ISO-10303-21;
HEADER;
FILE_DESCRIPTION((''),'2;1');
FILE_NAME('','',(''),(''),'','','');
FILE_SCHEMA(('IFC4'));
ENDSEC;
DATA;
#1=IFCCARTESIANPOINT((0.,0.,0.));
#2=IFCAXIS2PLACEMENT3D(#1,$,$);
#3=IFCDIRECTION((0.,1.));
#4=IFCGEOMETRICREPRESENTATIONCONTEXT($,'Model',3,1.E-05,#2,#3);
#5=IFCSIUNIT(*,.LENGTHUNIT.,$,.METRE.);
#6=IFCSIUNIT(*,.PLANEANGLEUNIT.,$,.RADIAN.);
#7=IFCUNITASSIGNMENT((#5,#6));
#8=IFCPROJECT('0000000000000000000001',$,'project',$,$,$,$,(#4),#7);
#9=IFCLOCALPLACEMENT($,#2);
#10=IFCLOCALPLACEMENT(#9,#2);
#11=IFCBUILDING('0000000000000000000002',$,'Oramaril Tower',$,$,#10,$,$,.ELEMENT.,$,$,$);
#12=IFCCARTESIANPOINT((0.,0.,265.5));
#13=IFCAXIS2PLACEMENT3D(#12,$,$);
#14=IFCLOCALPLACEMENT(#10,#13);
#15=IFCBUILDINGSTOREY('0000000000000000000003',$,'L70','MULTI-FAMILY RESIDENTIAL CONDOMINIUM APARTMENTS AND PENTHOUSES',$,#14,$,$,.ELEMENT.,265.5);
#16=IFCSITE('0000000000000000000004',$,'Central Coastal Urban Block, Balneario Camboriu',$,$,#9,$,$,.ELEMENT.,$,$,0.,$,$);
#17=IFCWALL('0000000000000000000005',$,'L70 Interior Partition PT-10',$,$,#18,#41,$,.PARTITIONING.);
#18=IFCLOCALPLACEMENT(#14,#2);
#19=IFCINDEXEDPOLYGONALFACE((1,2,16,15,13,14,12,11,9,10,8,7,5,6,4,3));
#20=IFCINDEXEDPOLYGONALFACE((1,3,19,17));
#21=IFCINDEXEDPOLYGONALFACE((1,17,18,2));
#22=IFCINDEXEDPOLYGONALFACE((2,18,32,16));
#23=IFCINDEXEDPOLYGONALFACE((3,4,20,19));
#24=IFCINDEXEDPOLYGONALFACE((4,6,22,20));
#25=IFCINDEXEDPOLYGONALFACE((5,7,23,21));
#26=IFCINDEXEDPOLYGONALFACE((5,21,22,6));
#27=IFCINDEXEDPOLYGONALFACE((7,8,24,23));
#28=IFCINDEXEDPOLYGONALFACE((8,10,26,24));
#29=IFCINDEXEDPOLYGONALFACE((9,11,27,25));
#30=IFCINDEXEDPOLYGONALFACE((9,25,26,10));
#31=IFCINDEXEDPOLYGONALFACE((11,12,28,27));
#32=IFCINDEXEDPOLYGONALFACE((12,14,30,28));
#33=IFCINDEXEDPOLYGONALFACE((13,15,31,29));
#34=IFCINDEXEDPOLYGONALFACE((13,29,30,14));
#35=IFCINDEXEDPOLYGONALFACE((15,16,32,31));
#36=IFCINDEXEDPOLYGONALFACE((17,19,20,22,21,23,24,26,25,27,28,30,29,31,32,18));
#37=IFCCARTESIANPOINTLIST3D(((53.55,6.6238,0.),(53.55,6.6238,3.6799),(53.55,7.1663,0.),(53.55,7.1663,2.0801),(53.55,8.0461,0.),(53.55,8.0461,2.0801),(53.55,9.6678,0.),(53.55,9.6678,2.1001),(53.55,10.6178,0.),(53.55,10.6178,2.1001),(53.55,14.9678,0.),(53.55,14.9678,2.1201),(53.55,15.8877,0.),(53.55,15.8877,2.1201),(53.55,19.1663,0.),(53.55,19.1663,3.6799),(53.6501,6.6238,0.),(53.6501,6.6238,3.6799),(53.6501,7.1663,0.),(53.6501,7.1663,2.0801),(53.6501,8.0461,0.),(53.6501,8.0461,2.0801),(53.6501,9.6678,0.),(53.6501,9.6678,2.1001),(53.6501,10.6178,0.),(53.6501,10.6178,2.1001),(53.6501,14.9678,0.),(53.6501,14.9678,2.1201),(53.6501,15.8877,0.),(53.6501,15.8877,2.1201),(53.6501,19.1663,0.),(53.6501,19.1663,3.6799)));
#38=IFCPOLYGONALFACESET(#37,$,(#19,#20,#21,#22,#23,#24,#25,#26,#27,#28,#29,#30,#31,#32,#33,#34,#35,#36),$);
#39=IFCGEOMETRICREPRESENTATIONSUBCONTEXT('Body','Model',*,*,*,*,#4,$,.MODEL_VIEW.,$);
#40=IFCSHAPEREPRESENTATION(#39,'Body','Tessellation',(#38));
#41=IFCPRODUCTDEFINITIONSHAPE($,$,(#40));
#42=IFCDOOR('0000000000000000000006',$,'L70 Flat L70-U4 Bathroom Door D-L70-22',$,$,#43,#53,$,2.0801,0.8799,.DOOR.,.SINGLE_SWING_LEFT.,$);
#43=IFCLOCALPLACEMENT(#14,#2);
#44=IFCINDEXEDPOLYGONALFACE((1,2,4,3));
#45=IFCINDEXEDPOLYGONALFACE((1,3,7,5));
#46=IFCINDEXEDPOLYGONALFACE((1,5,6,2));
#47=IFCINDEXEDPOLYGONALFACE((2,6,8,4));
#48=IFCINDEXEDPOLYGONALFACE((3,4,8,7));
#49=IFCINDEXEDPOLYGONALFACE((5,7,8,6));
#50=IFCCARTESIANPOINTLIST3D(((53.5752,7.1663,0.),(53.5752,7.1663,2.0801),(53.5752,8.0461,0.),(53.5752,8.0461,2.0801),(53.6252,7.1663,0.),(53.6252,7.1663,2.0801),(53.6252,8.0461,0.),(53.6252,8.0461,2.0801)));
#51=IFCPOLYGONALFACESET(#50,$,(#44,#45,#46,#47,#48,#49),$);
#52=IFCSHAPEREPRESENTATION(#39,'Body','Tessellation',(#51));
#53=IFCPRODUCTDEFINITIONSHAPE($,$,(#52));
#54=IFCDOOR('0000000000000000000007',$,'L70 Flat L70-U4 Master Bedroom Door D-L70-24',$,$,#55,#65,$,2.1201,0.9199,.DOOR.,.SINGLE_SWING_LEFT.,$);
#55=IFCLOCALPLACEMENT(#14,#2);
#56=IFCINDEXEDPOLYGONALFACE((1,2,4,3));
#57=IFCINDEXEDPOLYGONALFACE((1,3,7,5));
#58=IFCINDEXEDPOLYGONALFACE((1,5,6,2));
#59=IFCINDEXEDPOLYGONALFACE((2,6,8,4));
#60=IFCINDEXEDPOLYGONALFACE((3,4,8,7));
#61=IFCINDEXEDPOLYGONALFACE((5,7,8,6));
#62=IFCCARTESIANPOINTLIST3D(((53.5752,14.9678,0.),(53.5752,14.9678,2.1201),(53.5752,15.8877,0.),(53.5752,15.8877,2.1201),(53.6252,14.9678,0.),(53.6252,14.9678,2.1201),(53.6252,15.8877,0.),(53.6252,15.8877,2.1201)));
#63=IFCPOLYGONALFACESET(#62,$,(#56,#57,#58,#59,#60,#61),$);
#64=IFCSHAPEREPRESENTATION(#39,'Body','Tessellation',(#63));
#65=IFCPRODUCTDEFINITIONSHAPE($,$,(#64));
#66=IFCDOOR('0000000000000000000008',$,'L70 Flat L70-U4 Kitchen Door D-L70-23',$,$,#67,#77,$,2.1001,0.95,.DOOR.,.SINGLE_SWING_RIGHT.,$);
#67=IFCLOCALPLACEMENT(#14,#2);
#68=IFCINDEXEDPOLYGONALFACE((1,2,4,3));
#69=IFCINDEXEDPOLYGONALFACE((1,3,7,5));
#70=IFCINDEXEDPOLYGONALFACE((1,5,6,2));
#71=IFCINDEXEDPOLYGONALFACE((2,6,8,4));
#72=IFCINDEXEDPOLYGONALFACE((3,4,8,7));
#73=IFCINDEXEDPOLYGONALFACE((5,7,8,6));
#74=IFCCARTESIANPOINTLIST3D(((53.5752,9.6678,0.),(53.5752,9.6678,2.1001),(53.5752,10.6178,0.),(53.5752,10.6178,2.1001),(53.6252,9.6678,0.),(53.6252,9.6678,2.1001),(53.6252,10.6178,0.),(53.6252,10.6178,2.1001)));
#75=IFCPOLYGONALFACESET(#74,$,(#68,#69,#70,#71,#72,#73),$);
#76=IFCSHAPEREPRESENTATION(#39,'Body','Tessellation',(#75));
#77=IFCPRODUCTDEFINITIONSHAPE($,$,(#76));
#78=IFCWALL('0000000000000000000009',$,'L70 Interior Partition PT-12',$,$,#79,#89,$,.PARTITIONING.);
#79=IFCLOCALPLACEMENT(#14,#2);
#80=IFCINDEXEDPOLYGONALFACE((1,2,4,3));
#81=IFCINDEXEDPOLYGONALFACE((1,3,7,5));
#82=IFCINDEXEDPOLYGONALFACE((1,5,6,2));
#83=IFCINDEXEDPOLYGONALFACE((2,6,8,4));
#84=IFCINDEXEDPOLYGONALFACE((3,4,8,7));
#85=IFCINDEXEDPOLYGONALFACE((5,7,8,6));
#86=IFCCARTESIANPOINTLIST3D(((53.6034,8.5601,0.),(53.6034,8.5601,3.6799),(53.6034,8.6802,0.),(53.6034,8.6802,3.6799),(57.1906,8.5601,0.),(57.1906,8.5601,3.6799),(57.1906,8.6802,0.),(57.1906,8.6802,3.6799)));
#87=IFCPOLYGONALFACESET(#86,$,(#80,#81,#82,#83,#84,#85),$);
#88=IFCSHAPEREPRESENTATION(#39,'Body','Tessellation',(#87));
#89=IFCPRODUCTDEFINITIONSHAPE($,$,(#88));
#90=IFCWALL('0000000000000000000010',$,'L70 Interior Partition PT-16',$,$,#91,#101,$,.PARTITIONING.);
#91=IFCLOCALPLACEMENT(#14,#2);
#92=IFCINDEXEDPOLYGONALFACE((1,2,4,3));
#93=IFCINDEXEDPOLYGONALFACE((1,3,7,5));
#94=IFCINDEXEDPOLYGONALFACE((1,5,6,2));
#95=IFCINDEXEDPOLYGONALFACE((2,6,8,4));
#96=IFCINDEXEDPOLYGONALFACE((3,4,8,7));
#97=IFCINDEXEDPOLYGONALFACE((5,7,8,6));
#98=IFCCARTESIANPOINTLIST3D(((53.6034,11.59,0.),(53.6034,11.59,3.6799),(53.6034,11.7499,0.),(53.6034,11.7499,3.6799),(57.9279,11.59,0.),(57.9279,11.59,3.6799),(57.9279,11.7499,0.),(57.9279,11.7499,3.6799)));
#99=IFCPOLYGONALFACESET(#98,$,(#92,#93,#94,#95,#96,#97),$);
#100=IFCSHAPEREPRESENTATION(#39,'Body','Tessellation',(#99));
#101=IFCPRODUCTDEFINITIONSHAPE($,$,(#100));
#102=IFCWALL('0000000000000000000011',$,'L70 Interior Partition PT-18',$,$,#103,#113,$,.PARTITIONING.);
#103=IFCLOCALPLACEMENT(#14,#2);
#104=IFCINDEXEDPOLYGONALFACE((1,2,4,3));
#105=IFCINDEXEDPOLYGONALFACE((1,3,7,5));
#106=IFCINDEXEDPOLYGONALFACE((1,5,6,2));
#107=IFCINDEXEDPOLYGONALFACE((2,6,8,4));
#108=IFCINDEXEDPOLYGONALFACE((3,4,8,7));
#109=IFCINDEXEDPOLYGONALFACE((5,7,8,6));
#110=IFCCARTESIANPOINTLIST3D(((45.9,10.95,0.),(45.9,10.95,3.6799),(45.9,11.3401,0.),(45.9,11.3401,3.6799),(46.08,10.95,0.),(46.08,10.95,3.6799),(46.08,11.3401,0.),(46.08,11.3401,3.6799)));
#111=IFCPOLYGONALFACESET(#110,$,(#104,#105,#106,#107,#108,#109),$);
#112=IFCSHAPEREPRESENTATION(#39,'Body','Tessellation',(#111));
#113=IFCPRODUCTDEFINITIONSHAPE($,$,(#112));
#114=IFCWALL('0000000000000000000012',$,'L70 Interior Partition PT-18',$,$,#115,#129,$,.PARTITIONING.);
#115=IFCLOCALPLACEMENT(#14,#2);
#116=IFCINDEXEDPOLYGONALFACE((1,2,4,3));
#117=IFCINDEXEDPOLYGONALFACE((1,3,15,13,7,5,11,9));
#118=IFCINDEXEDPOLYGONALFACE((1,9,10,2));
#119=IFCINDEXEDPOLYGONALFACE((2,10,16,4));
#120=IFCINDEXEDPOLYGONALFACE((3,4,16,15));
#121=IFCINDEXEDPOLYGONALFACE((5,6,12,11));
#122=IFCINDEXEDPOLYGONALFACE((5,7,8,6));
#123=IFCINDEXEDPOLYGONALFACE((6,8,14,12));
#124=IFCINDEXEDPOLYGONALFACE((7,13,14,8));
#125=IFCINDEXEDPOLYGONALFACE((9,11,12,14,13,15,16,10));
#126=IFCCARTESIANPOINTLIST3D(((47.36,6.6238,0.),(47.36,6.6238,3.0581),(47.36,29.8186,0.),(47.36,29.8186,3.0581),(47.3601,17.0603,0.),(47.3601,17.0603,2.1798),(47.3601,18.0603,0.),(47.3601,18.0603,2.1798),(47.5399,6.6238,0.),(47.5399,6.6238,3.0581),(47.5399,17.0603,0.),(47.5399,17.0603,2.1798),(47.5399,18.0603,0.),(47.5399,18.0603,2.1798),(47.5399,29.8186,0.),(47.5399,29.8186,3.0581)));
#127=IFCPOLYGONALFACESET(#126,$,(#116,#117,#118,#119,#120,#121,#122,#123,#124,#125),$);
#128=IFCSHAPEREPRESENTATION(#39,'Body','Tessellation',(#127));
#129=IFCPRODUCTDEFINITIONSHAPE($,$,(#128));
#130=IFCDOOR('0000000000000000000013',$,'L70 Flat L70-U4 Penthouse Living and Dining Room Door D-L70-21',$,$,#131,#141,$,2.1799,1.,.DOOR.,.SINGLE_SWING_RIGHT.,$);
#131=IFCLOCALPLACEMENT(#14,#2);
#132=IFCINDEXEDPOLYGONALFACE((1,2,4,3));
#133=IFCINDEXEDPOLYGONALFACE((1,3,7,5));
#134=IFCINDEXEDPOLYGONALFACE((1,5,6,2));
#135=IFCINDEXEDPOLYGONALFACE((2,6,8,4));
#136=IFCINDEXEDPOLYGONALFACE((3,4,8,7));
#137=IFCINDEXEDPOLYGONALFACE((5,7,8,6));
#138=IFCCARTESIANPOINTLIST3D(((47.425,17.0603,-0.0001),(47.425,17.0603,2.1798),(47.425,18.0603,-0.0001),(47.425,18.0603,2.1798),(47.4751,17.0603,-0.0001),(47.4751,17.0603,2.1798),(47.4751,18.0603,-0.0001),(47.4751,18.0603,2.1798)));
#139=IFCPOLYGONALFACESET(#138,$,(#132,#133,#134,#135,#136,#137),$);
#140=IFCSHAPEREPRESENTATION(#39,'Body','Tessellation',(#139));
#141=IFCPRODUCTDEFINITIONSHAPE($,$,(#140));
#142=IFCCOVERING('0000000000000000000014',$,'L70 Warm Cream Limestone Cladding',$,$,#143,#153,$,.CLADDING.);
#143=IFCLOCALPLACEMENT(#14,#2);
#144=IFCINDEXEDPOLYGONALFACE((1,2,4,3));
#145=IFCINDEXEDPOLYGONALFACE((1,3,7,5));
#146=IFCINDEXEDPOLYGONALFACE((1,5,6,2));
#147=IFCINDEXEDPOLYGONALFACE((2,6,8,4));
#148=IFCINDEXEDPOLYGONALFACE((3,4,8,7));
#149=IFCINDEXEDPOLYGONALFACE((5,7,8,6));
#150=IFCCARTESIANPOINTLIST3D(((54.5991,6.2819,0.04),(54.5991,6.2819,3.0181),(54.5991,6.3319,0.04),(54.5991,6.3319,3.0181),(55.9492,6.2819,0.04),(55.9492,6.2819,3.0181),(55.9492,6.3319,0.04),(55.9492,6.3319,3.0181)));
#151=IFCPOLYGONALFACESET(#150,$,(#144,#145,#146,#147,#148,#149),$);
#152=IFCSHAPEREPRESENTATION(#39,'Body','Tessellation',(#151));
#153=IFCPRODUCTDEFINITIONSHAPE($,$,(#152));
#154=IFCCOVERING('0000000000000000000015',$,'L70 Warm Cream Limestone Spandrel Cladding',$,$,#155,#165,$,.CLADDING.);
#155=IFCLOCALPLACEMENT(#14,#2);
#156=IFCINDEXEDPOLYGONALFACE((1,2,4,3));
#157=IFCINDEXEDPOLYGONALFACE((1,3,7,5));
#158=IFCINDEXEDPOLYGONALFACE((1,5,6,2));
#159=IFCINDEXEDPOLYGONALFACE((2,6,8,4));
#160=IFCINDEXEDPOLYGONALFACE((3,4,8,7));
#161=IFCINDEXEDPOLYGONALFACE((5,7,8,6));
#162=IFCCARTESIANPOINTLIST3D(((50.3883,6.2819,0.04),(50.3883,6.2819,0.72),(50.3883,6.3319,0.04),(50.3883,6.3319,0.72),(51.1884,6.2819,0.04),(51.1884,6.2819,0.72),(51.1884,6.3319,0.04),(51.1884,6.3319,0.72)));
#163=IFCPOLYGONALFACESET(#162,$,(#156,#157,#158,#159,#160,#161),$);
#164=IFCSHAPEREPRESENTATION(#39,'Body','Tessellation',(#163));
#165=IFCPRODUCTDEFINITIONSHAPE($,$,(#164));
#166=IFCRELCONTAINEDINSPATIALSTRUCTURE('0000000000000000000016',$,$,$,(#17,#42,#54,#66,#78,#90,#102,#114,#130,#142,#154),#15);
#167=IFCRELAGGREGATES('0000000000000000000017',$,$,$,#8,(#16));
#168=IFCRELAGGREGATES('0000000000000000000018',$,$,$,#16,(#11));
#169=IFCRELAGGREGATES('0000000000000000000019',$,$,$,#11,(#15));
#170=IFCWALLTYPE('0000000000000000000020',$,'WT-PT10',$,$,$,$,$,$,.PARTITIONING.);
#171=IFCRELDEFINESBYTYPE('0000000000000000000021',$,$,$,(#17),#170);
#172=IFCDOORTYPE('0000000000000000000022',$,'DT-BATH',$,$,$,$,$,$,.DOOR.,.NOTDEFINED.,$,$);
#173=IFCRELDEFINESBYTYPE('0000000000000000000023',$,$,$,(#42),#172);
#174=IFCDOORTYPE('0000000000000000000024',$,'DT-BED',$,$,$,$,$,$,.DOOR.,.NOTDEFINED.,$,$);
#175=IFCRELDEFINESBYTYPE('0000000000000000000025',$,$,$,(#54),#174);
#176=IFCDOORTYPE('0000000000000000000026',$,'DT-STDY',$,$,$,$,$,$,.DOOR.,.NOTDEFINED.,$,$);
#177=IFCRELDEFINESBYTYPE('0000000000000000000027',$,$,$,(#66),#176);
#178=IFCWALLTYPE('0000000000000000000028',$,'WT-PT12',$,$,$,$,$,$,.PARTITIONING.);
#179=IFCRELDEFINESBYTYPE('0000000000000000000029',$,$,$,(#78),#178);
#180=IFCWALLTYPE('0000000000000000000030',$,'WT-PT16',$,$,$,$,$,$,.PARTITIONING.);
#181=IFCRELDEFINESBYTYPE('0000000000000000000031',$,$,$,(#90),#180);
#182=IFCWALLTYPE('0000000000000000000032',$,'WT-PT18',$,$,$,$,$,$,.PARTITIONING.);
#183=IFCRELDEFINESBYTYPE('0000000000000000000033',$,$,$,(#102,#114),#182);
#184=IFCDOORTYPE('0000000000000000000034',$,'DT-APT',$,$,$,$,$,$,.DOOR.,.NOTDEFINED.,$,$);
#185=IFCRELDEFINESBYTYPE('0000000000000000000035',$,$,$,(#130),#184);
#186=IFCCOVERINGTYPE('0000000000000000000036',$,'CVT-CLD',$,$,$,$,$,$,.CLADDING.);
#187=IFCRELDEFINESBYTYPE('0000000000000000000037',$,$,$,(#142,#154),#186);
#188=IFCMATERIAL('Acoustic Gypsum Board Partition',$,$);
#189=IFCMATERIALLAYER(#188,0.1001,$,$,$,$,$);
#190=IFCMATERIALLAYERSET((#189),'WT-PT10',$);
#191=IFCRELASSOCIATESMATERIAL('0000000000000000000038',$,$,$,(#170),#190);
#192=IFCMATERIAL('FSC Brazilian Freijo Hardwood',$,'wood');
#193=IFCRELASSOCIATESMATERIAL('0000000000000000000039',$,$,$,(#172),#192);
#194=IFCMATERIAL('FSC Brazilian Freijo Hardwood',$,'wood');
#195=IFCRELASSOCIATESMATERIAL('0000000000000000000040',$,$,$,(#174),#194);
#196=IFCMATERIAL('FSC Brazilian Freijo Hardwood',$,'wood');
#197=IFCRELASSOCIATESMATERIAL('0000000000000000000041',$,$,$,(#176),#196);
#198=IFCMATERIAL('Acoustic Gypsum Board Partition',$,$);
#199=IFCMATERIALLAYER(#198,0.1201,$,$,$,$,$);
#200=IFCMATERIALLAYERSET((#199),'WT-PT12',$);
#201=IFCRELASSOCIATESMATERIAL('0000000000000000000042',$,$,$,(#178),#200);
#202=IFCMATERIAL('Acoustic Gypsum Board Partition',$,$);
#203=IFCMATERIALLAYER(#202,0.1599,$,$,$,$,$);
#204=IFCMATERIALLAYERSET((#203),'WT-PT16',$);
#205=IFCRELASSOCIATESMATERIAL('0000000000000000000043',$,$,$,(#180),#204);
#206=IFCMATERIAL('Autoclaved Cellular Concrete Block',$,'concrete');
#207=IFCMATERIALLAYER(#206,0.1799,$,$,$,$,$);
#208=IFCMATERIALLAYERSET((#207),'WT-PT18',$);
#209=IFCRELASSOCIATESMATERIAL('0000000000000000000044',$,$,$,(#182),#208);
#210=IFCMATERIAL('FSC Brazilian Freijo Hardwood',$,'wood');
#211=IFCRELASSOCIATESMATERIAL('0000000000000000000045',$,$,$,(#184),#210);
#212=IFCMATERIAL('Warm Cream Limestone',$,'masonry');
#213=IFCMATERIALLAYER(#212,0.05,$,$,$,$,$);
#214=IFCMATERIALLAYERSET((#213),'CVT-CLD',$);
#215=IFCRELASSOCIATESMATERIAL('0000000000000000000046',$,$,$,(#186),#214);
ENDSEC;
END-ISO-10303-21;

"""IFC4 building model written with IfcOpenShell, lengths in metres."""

from ifc_helpers import new_model, si_unit, direction, frame, frame_2d, origin, origin_2d, place, context, subcontext, project, spatial, rectangle, extrude, material, layer, layer_set, type_object, element, fill, save


model = new_model("IFC4")

# Units and contexts
model_context = context("Model", 3, precision=1e-05, world=origin(), true_north=direction((0.0, 1.0)))
body_context = subcontext(model_context, "Body", "Model", "MODEL_VIEW")
ifc_project = project(units=[si_unit("LENGTHUNIT", "METRE"), si_unit("PLANEANGLEUNIT", "RADIAN")], contexts=[model_context])

# Site, building, storey
site_placement = place(None, origin())
site = spatial("IfcSite", under=ifc_project, at=site_placement, Name="Central Coastal Urban Block, Balneario Camboriu", CompositionType="ELEMENT", RefElevation=0.0)
building_placement = place(site_placement, origin())
building = spatial("IfcBuilding", under=site, at=building_placement, Name="Oramaril Tower", CompositionType="ELEMENT")
storey_placement = place(building_placement, frame((0.0, 0.0, 265.5)))
storey = spatial("IfcBuildingStorey", under=building, at=storey_placement, Name="L70", Description="MULTI-FAMILY RESIDENTIAL CONDOMINIUM APARTMENTS AND PENTHOUSES", CompositionType="ELEMENT", Elevation=265.5)

# Wall, openings, doors
ifc_material_1 = material(Name="Acoustic Gypsum Board Partition")
ifc_layer_1 = layer(ifc_material_1, 0.1001)
ifc_layer_set_1 = layer_set([ifc_layer_1], Name="WT-PT10")
wall_type_1 = type_object("IfcWallType", Name="WT-PT10", PredefinedType="PARTITIONING", material=ifc_layer_set_1)
wall_1_placement = place(storey_placement, frame((53.6001, 6.6238, 0.0), z_axis=(0.0, 0.0, 1.0), x_axis=(0.0, 1.0, 0.0)))
wall_1 = element("IfcWall", 1, at=wall_1_placement, inside=storey, type_object=wall_type_1, Name="L70 Interior Partition PT-10", PredefinedType="PARTITIONING", context=body_context, shape_type="SweptSolid", body=[
    extrude(rectangle(XDim=12.5425, YDim=0.1001, at=frame_2d((6.2712, 0.0))), origin(), (0.0, 0.0, 1.0), 3.6799),
])
opening_1_placement = place(wall_1_placement, frame((0.5425, 0.0, 0.0)))
opening_1 = element("IfcOpeningElement", 2, at=opening_1_placement, cuts=wall_1, PredefinedType="OPENING", context=body_context, shape_type="SweptSolid", body=[
    extrude(rectangle(XDim=0.8799, YDim=2.0801, at=frame_2d((0.4399, 1.04))), frame((0.0, 0.05, 0.0), z_axis=(0.0, -1.0, 0.0), x_axis=(1.0, 0.0, 0.0)), (0.0, 0.0, 1.0), 0.1001),
])
opening_2_placement = place(wall_1_placement, frame((3.0439, 0.0, 0.0)))
opening_2 = element("IfcOpeningElement", 3, at=opening_2_placement, cuts=wall_1, PredefinedType="OPENING", context=body_context, shape_type="SweptSolid", body=[
    extrude(rectangle(XDim=0.95, YDim=2.1001, at=frame_2d((0.4751, 1.05))), frame((0.0, 0.05, 0.0), z_axis=(0.0, -1.0, 0.0), x_axis=(1.0, 0.0, 0.0)), (0.0, 0.0, 1.0), 0.1001),
])
opening_3_placement = place(wall_1_placement, frame((8.344, 0.0, 0.0)))
opening_3 = element("IfcOpeningElement", 4, at=opening_3_placement, cuts=wall_1, PredefinedType="OPENING", context=body_context, shape_type="SweptSolid", body=[
    extrude(rectangle(XDim=0.9199, YDim=2.1201, at=frame_2d((0.46, 1.0601))), frame((0.0, 0.05, 0.0), z_axis=(0.0, -1.0, 0.0), x_axis=(1.0, 0.0, 0.0)), (0.0, 0.0, 1.0), 0.1001),
])
ifc_material_2 = material(Name="FSC Brazilian Freijo Hardwood", Category="wood")
door_type_1 = type_object("IfcDoorType", Name="DT-BATH", OperationType="NOTDEFINED", PredefinedType="DOOR", material=ifc_material_2)
door_1_placement = place(opening_1_placement, origin())
door_1 = element("IfcDoor", 5, at=door_1_placement, inside=storey, type_object=door_type_1, Name="L70 Flat L70-U4 Bathroom Door D-L70-22", OperationType="SINGLE_SWING_LEFT", OverallHeight=2.0801, OverallWidth=0.8799, PredefinedType="DOOR", context=body_context, shape_type="SweptSolid", body=[
    extrude(rectangle(XDim=0.8799, YDim=2.0801, at=frame_2d((0.4399, 1.04))), frame((0.0, 0.0249, 0.0), z_axis=(0.0, -1.0, 0.0), x_axis=(1.0, 0.0, 0.0)), (0.0, 0.0, 1.0), 0.05),
])
fill(opening_1, door_1)
ifc_material_3 = material(Name="FSC Brazilian Freijo Hardwood", Category="wood")
door_type_2 = type_object("IfcDoorType", Name="DT-BED", OperationType="NOTDEFINED", PredefinedType="DOOR", material=ifc_material_3)
door_2_placement = place(opening_3_placement, origin())
door_2 = element("IfcDoor", 6, at=door_2_placement, inside=storey, type_object=door_type_2, Name="L70 Flat L70-U4 Master Bedroom Door D-L70-24", OperationType="SINGLE_SWING_LEFT", OverallHeight=2.1201, OverallWidth=0.9199, PredefinedType="DOOR", context=body_context, shape_type="SweptSolid", body=[
    extrude(rectangle(XDim=0.9199, YDim=2.1201, at=frame_2d((0.46, 1.0601))), frame((0.0, 0.0249, 0.0), z_axis=(0.0, -1.0, 0.0), x_axis=(1.0, 0.0, 0.0)), (0.0, 0.0, 1.0), 0.05),
])
fill(opening_3, door_2)
ifc_material_4 = material(Name="FSC Brazilian Freijo Hardwood", Category="wood")
door_type_3 = type_object("IfcDoorType", Name="DT-STDY", OperationType="NOTDEFINED", PredefinedType="DOOR", material=ifc_material_4)
door_3_placement = place(opening_2_placement, origin())
door_3 = element("IfcDoor", 7, at=door_3_placement, inside=storey, type_object=door_type_3, Name="L70 Flat L70-U4 Kitchen Door D-L70-23", OperationType="SINGLE_SWING_RIGHT", OverallHeight=2.1001, OverallWidth=0.95, PredefinedType="DOOR", context=body_context, shape_type="SweptSolid", body=[
    extrude(rectangle(XDim=0.95, YDim=2.1001, at=frame_2d((0.4751, 1.05))), frame((0.0, 0.0249, 0.0), z_axis=(0.0, -1.0, 0.0), x_axis=(1.0, 0.0, 0.0)), (0.0, 0.0, 1.0), 0.05),
])
fill(opening_2, door_3)

# Walls
ifc_material_5 = material(Name="Acoustic Gypsum Board Partition")
ifc_layer_2 = layer(ifc_material_5, 0.1201)
ifc_layer_set_2 = layer_set([ifc_layer_2], Name="WT-PT12")
wall_type_2 = type_object("IfcWallType", Name="WT-PT12", PredefinedType="PARTITIONING", material=ifc_layer_set_2)
wall_2_placement = place(storey_placement, frame((53.6035, 8.6201, 0.0), z_axis=(0.0, 0.0, 1.0), x_axis=(1.0, 0.0, 0.0)))
element("IfcWall", 8, at=wall_2_placement, inside=storey, type_object=wall_type_2, Name="L70 Interior Partition PT-12", PredefinedType="PARTITIONING", context=body_context, shape_type="SweptSolid", body=[
    extrude(rectangle(XDim=3.5872, YDim=0.1201, at=frame_2d((1.7935, 0.0))), origin(), (0.0, 0.0, 1.0), 3.6799),
])
ifc_material_6 = material(Name="Acoustic Gypsum Board Partition")
ifc_layer_3 = layer(ifc_material_6, 0.1599)
ifc_layer_set_3 = layer_set([ifc_layer_3], Name="WT-PT16")
wall_type_3 = type_object("IfcWallType", Name="WT-PT16", PredefinedType="PARTITIONING", material=ifc_layer_set_3)
wall_3_placement = place(storey_placement, frame((53.6035, 11.6699, 0.0), z_axis=(0.0, 0.0, 1.0), x_axis=(1.0, 0.0, 0.0)))
element("IfcWall", 9, at=wall_3_placement, inside=storey, type_object=wall_type_3, Name="L70 Interior Partition PT-16", PredefinedType="PARTITIONING", context=body_context, shape_type="SweptSolid", body=[
    extrude(rectangle(XDim=4.3245, YDim=0.1599, at=frame_2d((2.1621, 0.0))), origin(), (0.0, 0.0, 1.0), 3.6799),
])
ifc_material_7 = material(Name="Autoclaved Cellular Concrete Block", Category="concrete")
ifc_layer_4 = layer(ifc_material_7, 0.1799)
ifc_layer_set_4 = layer_set([ifc_layer_4], Name="WT-PT18")
wall_type_4 = type_object("IfcWallType", Name="WT-PT18", PredefinedType="PARTITIONING", material=ifc_layer_set_4)
wall_4_placement = place(storey_placement, frame((45.99, 10.95, 0.0), z_axis=(0.0, 0.0, 1.0), x_axis=(0.0, 1.0, 0.0)))
element("IfcWall", 10, at=wall_4_placement, inside=storey, type_object=wall_type_4, Name="L70 Interior Partition PT-18", PredefinedType="PARTITIONING", context=body_context, shape_type="SweptSolid", body=[
    extrude(rectangle(XDim=0.3901, YDim=0.1799, at=frame_2d((0.1951, 0.0))), origin(), (0.0, 0.0, 1.0), 3.6799),
])

# Wall, opening, door
wall_5_placement = place(storey_placement, frame((47.45, 6.6238, 0.0), z_axis=(0.0, 0.0, 1.0), x_axis=(0.0, 1.0, 0.0)))
wall_5 = element("IfcWall", 11, at=wall_5_placement, inside=storey, type_object=wall_type_4, Name="L70 Interior Partition PT-18", PredefinedType="PARTITIONING", context=body_context, shape_type="SweptSolid", body=[
    extrude(rectangle(XDim=23.1948, YDim=0.1799, at=frame_2d((11.5974, 0.0))), origin(), (0.0, 0.0, 1.0), 3.0581),
])
opening_4_placement = place(wall_5_placement, frame((10.4365, 0.0, 0.0)))
opening_4 = element("IfcOpeningElement", 12, at=opening_4_placement, cuts=wall_5, PredefinedType="OPENING", context=body_context, shape_type="SweptSolid", body=[
    extrude(rectangle(XDim=1.0, YDim=2.1799, at=frame_2d((0.5, 1.0898))), frame((0.0, 0.0898, 0.0), z_axis=(0.0, -1.0, 0.0), x_axis=(1.0, 0.0, 0.0)), (0.0, 0.0, 1.0), 0.1799),
])
ifc_material_8 = material(Name="FSC Brazilian Freijo Hardwood", Category="wood")
door_type_4 = type_object("IfcDoorType", Name="DT-APT", OperationType="NOTDEFINED", PredefinedType="DOOR", material=ifc_material_8)
door_4_placement = place(opening_4_placement, origin())
door_4 = element("IfcDoor", 13, at=door_4_placement, inside=storey, type_object=door_type_4, Name="L70 Flat L70-U4 Penthouse Living and Dining Room Door D-L70-21", OperationType="SINGLE_SWING_RIGHT", OverallHeight=2.1799, OverallWidth=1.0, PredefinedType="DOOR", context=body_context, shape_type="SweptSolid", body=[
    extrude(rectangle(XDim=1.0, YDim=2.1799, at=frame_2d((0.5, 1.0898))), frame((0.0, 0.0249, 0.0), z_axis=(0.0, -1.0, 0.0), x_axis=(1.0, 0.0, 0.0)), (0.0, 0.0, 1.0), 0.05),
])
fill(opening_4, door_4)

# Coverings
ifc_material_9 = material(Name="Warm Cream Limestone", Category="masonry")
ifc_layer_5 = layer(ifc_material_9, 0.05)
ifc_layer_set_5 = layer_set([ifc_layer_5], Name="CVT-CLD")
covering_type = type_object("IfcCoveringType", Name="CVT-CLD", PredefinedType="CLADDING", material=ifc_layer_set_5)
covering_1_placement = place(storey_placement, frame((55.2742, 6.3069, 0.04), z_axis=(0.0, 0.0, 1.0), x_axis=(1.0, 0.0, 0.0)))
element("IfcCovering", 14, at=covering_1_placement, inside=storey, type_object=covering_type, Name="L70 Warm Cream Limestone Cladding", PredefinedType="CLADDING", context=body_context, shape_type="SweptSolid", body=[
    extrude(rectangle(XDim=1.3501, YDim=0.05, at=origin_2d()), origin(), (0.0, 0.0, 1.0), 2.978),
])
covering_2_placement = place(storey_placement, frame((50.7883, 6.3069, 0.04), z_axis=(0.0, 0.0, 1.0), x_axis=(1.0, 0.0, 0.0)))
element("IfcCovering", 15, at=covering_2_placement, inside=storey, type_object=covering_type, Name="L70 Warm Cream Limestone Spandrel Cladding", PredefinedType="CLADDING", context=body_context, shape_type="SweptSolid", body=[
    extrude(rectangle(XDim=0.8, YDim=0.05, at=origin_2d()), origin(), (0.0, 0.0, 1.0), 0.6799),
])

save(model, "model.ifc")
